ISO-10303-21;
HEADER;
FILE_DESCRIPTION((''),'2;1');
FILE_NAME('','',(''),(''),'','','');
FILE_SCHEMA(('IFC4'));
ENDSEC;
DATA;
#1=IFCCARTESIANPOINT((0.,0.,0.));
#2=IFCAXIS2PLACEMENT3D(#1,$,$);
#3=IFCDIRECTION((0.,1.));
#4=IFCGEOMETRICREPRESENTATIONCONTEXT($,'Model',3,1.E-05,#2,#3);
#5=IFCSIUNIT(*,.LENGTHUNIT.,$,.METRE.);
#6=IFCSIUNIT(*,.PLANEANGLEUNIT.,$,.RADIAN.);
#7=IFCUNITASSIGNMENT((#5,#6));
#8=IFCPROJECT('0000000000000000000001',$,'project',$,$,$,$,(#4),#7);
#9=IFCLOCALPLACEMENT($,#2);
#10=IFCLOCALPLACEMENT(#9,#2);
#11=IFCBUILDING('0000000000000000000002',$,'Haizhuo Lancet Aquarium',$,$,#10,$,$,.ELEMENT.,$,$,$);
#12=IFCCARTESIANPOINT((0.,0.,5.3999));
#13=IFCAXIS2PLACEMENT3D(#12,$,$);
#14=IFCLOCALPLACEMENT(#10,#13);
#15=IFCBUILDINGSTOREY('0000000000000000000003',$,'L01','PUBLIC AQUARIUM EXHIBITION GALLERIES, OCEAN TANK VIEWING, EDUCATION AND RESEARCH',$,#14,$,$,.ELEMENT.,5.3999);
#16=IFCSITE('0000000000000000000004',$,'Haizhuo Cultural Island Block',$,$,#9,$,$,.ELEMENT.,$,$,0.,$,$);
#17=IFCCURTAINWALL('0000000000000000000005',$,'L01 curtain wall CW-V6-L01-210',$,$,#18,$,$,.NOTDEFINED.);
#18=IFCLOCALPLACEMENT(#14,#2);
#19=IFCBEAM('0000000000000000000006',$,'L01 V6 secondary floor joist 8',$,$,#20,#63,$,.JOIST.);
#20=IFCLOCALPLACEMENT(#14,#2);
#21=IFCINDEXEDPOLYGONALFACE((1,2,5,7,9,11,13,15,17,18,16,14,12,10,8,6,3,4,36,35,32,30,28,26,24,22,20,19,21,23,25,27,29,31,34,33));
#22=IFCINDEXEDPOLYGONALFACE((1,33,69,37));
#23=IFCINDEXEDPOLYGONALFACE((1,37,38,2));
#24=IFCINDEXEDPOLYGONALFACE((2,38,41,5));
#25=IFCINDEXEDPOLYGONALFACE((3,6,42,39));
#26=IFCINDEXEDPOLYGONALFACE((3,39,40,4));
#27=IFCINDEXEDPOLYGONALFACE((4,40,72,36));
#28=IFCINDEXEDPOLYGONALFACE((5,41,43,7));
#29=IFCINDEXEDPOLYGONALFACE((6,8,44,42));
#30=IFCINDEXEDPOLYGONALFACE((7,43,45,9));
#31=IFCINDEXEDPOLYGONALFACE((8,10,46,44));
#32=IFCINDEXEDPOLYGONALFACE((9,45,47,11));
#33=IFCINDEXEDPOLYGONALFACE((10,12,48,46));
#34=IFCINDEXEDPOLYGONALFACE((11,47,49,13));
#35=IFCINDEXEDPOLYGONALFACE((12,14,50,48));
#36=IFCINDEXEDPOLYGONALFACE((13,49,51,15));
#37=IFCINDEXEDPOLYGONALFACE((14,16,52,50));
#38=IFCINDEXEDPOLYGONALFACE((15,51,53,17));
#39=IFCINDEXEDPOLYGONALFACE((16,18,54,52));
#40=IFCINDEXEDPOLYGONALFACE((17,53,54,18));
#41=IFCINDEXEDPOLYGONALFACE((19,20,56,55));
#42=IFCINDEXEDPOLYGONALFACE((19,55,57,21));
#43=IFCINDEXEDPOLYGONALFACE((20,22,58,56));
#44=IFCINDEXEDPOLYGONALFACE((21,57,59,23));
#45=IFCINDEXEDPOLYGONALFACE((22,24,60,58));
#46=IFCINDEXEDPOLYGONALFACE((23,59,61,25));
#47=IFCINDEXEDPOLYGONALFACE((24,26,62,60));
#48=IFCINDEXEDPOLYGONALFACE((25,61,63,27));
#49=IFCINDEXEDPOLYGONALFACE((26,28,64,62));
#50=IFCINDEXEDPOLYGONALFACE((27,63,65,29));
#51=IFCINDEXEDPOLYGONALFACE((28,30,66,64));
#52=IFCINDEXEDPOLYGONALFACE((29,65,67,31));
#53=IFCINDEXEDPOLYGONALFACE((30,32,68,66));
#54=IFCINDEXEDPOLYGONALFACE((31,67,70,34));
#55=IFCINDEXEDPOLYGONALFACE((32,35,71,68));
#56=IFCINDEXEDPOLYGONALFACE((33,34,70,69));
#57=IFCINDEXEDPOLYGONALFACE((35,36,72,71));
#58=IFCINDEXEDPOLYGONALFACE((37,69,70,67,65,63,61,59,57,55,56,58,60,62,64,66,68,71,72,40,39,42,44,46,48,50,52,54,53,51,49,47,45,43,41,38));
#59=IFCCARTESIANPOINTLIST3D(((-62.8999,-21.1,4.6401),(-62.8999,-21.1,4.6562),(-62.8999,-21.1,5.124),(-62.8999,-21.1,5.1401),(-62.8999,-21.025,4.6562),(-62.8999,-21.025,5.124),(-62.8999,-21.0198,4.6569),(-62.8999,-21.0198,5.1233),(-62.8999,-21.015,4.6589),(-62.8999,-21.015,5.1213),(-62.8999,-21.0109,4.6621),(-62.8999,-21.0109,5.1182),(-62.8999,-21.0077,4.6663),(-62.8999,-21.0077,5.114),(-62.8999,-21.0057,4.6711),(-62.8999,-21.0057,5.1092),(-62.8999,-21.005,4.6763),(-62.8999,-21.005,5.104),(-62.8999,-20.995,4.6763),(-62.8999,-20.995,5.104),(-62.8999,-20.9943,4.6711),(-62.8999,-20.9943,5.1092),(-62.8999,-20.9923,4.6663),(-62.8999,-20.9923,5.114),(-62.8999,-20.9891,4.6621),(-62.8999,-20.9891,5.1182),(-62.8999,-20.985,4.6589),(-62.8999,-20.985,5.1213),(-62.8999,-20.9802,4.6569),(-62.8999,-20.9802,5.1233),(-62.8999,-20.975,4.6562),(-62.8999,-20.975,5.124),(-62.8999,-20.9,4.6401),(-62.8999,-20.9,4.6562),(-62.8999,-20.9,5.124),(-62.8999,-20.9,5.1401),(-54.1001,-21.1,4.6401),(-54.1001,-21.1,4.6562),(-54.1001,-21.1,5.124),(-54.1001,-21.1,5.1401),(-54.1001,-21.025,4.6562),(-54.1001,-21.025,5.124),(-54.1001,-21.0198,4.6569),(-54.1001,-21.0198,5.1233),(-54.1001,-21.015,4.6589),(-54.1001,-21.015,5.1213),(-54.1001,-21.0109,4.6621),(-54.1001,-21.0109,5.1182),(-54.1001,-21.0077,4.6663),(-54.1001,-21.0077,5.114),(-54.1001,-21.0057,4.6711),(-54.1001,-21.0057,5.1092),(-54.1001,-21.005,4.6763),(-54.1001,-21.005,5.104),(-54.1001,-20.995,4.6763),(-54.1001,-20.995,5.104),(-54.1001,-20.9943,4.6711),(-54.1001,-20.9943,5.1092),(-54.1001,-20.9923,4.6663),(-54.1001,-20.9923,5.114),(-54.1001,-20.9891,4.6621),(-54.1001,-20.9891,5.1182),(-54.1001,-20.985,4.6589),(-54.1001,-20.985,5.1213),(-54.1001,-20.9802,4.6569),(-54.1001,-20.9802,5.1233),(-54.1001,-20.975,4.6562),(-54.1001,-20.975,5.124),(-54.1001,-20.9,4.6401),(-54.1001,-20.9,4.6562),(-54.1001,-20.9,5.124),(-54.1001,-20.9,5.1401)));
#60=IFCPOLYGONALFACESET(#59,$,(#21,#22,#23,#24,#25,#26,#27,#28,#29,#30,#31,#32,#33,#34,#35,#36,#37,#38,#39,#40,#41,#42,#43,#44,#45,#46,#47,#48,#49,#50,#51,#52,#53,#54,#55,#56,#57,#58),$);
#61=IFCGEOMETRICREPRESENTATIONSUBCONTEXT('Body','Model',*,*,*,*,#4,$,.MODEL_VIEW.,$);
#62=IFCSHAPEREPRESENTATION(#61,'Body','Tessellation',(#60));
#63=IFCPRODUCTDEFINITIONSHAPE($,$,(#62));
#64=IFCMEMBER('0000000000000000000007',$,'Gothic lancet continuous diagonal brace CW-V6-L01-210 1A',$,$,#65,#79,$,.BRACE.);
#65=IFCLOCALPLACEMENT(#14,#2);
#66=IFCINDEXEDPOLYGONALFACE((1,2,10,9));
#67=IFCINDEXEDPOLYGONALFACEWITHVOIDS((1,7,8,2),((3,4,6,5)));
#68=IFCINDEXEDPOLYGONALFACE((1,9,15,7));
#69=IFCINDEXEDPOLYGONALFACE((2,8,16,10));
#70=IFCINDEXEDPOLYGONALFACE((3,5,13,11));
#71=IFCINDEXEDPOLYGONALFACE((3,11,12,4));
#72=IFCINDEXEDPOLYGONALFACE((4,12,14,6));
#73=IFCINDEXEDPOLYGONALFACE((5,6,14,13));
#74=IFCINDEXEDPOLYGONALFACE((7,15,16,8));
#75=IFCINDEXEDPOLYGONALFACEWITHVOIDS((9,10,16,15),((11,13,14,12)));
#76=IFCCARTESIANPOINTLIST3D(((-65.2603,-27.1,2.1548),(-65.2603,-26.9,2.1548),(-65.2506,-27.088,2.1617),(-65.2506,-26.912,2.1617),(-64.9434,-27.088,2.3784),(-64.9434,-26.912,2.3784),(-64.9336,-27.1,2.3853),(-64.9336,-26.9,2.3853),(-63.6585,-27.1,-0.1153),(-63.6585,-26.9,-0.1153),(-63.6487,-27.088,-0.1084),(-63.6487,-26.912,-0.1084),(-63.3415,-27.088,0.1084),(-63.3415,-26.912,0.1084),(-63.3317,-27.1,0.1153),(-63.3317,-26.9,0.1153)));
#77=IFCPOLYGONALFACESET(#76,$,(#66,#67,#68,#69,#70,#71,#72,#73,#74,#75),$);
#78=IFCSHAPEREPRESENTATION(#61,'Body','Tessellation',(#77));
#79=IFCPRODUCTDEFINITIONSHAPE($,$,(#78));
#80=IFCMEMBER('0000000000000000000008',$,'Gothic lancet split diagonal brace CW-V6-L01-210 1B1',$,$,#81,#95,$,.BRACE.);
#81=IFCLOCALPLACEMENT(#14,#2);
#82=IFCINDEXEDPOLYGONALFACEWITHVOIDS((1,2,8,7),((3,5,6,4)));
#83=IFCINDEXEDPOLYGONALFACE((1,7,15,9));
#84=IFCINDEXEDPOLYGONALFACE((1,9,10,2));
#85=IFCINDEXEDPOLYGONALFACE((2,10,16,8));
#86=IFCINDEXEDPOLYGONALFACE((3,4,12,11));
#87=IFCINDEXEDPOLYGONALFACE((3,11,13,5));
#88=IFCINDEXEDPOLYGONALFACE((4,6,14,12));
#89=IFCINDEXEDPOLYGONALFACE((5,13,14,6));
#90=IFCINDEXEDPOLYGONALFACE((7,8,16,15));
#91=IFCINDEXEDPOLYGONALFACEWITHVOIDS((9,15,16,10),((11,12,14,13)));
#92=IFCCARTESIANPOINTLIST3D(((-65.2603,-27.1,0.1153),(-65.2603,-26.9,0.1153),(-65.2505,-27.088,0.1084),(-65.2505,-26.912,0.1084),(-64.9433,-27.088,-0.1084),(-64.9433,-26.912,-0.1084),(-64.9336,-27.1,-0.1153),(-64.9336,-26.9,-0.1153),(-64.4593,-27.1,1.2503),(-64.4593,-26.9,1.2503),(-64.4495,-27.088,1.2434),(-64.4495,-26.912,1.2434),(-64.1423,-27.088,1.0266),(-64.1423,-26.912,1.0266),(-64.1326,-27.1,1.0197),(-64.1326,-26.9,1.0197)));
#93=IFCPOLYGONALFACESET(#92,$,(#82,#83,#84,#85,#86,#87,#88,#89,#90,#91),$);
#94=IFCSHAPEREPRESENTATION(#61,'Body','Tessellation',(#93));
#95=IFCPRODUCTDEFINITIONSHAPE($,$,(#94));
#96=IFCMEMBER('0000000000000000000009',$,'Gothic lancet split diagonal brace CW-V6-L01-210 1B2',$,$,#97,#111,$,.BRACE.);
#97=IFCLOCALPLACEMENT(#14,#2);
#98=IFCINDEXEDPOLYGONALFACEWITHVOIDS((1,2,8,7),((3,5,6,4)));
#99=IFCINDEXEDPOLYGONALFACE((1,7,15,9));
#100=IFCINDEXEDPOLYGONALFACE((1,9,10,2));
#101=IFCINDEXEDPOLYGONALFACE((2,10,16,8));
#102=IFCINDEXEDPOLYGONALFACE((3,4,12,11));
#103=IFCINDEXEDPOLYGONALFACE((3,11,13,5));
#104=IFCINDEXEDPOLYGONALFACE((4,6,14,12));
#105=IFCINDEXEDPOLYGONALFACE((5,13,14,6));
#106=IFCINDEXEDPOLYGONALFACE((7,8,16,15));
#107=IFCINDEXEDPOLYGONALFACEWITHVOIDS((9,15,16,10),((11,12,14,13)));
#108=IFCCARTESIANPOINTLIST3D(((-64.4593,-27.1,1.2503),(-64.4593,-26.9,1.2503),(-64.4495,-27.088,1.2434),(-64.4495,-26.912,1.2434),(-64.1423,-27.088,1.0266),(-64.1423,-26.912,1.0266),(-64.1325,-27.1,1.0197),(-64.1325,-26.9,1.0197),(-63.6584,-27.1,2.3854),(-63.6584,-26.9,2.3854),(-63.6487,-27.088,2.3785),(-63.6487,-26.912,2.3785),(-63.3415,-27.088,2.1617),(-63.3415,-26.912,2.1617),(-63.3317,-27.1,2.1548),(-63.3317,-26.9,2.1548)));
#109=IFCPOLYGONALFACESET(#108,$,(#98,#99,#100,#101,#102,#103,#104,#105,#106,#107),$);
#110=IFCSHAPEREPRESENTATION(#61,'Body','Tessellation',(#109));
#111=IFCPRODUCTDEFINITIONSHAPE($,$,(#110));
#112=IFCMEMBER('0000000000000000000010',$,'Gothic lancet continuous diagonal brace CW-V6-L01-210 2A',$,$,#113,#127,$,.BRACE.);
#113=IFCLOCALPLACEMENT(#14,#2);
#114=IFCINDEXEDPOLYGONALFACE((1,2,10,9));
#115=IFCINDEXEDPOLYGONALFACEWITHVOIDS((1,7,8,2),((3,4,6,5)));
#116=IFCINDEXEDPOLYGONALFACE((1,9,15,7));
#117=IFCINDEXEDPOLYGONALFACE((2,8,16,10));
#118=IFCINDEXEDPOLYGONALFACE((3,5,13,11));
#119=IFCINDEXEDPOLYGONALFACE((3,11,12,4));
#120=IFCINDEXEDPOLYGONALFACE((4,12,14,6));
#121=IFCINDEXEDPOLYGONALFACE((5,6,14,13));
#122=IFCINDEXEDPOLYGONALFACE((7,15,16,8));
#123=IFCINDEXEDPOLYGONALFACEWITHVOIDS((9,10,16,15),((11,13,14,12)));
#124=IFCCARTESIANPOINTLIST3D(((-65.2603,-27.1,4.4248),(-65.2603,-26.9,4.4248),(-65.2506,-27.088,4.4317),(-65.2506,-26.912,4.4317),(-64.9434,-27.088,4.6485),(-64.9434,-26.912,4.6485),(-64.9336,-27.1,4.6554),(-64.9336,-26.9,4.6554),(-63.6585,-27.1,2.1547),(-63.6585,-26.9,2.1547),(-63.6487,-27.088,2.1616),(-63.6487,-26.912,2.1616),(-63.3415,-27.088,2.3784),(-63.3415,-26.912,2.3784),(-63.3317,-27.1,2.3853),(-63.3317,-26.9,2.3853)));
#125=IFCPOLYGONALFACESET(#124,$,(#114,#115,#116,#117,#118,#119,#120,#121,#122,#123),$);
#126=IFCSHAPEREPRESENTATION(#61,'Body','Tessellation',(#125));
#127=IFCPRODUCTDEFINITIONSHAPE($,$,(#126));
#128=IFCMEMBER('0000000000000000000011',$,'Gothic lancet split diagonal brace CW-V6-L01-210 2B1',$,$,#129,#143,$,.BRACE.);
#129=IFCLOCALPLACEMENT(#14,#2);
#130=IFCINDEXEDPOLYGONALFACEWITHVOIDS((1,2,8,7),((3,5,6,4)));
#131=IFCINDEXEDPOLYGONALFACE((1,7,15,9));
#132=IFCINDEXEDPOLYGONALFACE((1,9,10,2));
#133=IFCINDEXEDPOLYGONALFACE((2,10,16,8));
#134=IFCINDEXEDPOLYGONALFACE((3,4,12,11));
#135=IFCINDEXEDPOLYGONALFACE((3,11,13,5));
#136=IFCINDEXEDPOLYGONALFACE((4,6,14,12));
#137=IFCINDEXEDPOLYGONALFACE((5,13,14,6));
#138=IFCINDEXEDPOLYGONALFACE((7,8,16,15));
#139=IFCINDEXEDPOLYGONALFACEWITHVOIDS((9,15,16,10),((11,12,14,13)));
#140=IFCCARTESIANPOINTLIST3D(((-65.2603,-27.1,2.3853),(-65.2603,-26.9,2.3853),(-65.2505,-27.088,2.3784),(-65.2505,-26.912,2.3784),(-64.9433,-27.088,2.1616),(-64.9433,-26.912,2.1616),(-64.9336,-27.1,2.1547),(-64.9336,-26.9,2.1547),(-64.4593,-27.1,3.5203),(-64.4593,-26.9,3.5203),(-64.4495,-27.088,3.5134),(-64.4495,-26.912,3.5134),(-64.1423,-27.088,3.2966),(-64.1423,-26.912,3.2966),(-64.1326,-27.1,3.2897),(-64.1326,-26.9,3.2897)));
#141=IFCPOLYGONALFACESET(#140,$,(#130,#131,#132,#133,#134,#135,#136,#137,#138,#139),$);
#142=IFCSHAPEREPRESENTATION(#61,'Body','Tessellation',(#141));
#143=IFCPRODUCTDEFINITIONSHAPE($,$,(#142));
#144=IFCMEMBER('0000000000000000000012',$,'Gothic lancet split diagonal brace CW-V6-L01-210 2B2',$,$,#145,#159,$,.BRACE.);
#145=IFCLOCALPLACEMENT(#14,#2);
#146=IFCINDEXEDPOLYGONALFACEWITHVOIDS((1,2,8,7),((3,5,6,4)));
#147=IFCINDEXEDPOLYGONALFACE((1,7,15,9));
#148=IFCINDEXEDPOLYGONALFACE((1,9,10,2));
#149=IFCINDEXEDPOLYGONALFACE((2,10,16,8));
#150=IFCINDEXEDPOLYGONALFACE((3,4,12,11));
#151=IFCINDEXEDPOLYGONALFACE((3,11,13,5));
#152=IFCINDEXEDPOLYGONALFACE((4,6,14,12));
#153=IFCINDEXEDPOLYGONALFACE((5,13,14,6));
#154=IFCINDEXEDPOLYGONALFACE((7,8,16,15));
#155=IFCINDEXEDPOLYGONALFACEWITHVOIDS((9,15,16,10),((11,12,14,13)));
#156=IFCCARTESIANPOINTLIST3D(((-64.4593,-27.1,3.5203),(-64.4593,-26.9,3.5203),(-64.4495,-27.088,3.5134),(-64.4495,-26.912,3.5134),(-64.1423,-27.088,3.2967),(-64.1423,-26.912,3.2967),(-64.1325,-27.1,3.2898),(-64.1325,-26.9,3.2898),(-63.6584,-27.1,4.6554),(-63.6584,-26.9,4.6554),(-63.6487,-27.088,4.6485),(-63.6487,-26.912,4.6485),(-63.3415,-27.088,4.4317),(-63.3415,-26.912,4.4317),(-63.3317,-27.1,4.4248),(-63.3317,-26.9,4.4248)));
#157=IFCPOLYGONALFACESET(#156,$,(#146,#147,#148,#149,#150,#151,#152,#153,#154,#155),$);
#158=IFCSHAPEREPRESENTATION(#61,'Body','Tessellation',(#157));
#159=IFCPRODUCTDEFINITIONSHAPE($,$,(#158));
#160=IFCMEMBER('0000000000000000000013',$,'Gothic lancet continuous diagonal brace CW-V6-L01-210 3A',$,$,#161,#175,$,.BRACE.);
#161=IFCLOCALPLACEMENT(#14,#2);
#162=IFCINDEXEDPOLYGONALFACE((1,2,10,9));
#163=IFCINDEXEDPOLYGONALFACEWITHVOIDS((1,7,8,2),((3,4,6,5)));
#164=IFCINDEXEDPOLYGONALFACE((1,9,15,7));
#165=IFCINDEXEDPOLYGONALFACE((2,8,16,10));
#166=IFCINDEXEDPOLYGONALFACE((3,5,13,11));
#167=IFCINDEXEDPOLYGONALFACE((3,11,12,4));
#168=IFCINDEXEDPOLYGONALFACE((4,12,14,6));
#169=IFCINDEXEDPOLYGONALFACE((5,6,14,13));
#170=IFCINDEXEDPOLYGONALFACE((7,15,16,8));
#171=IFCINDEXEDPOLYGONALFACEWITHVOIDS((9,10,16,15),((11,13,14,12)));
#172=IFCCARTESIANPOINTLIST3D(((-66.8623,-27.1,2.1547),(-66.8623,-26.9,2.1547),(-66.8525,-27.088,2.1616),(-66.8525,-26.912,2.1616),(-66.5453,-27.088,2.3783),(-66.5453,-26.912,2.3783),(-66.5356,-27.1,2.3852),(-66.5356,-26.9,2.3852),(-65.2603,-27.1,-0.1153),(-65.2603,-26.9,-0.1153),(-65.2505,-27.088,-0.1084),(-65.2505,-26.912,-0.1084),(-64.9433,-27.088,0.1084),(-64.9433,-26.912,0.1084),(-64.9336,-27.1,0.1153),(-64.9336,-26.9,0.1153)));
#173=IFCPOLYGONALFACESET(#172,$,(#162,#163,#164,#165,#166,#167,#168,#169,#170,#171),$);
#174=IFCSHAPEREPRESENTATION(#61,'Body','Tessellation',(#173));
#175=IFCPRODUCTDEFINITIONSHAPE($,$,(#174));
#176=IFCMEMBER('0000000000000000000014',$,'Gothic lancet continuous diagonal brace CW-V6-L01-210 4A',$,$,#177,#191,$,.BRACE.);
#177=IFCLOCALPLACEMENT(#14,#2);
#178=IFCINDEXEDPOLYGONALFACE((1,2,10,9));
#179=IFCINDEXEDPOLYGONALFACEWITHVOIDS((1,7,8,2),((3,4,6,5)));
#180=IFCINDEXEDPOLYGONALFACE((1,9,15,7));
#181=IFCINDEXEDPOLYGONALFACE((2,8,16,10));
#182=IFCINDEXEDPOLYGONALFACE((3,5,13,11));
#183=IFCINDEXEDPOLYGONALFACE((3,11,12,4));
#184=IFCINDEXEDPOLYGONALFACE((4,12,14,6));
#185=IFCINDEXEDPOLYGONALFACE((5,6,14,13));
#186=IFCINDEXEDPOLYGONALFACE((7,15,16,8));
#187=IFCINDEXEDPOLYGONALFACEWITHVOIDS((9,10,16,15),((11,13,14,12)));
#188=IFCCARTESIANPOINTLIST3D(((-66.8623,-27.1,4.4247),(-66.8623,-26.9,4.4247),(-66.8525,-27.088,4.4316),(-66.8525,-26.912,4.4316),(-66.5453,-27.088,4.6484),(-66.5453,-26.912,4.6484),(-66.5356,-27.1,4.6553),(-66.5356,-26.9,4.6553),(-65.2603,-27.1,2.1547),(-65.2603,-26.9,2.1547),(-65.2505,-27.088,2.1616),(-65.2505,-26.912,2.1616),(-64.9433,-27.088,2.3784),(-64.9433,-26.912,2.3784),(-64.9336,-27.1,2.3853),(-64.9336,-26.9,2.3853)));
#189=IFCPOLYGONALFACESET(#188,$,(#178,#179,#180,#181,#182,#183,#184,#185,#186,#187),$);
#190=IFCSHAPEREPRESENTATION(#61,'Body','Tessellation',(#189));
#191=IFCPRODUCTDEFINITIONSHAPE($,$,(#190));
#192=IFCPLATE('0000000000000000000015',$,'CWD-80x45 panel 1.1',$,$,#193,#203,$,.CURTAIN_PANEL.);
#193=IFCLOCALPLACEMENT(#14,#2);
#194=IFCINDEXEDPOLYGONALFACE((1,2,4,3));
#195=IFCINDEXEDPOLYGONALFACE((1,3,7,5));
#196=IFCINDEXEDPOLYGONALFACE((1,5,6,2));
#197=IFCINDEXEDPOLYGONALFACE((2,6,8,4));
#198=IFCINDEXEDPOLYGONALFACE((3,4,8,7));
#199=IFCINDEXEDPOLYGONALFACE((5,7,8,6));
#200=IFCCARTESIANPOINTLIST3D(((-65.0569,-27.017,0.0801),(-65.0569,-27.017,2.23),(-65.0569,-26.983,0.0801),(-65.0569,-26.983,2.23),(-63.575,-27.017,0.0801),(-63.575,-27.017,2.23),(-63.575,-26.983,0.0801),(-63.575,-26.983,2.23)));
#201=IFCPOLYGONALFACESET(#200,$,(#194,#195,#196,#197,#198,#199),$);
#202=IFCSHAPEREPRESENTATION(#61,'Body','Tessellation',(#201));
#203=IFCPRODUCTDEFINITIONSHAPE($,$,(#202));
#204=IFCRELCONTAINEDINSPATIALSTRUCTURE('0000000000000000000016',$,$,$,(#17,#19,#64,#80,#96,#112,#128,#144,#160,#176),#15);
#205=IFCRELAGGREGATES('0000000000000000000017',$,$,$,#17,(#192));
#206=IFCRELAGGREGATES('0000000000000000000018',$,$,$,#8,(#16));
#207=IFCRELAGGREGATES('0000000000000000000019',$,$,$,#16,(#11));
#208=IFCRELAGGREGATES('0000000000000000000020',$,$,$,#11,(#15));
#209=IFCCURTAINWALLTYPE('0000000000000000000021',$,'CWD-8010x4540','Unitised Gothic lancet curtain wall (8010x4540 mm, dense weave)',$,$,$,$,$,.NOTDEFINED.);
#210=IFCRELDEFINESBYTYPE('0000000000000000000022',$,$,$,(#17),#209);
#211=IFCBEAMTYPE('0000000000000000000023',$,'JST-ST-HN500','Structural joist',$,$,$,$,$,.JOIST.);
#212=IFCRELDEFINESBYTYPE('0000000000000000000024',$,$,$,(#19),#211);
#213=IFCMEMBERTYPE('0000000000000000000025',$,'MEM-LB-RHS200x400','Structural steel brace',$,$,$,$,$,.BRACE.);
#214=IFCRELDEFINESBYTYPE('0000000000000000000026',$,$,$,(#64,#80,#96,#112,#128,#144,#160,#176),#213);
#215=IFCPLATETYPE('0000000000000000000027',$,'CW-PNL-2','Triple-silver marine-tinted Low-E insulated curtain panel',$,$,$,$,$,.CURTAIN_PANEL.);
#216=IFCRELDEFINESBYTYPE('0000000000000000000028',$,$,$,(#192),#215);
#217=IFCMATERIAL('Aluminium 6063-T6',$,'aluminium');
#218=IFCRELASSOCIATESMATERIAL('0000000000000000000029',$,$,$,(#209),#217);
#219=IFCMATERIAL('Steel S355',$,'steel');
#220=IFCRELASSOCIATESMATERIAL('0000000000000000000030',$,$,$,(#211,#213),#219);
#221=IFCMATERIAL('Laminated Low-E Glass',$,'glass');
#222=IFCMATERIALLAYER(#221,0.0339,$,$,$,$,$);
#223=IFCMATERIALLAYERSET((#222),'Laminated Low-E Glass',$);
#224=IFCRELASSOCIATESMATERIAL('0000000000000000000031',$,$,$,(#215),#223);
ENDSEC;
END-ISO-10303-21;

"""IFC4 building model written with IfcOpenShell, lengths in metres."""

from ifc_helpers import new_model, si_unit, direction, frame, origin, origin_2d, place, context, subcontext, project, spatial, rectangle, hollow_rectangle, i_section, extrude, material, layer, layer_set, material_profile, profile_set, type_object, element, aggregate, save


model = new_model("IFC4")

# Units and contexts
model_context = context("Model", 3, precision=1e-05, world=origin(), true_north=direction((0.0, 1.0)))
body_context = subcontext(model_context, "Body", "Model", "MODEL_VIEW")
ifc_project = project(units=[si_unit("LENGTHUNIT", "METRE"), si_unit("PLANEANGLEUNIT", "RADIAN")], contexts=[model_context])

# Site, building, storey
site_placement = place(None, origin())
site = spatial("IfcSite", under=ifc_project, at=site_placement, Name="Haizhuo Cultural Island Block", CompositionType="ELEMENT", RefElevation=0.0)
building_placement = place(site_placement, origin())
building = spatial("IfcBuilding", under=site, at=building_placement, Name="Haizhuo Lancet Aquarium", CompositionType="ELEMENT")
storey_placement = place(building_placement, frame((0.0, 0.0, 5.3999)))
storey = spatial("IfcBuildingStorey", under=building, at=storey_placement, Name="L01", Description="PUBLIC AQUARIUM EXHIBITION GALLERIES, OCEAN TANK VIEWING, EDUCATION AND RESEARCH", CompositionType="ELEMENT", Elevation=5.3999)

# Shared definitions
ifc_material_1 = material(Name="Steel S355", Category="steel")

# Curtain wall
ifc_material_2 = material(Name="Aluminium 6063-T6", Category="aluminium")
curtain_wall_type = type_object("IfcCurtainWallType", Name="CWD-8010x4540", Description="Unitised Gothic lancet curtain wall (8010x4540 mm, dense weave)", PredefinedType="NOTDEFINED", material=ifc_material_2)
curtain_wall_placement = place(storey_placement, origin())
curtain_wall = element("IfcCurtainWall", 1, at=curtain_wall_placement, inside=storey, type_object=curtain_wall_type, Name="L01 curtain wall CW-V6-L01-210", PredefinedType="NOTDEFINED")

# Beam
ifc_material_profile_1 = material_profile(ifc_material_1, i_section(OverallWidth=0.2, OverallDepth=0.5, WebThickness=0.01, FlangeThickness=0.0161, FilletRadius=0.02, at=origin_2d()), Name="HN 500x200x10x16")
ifc_profile_set_1 = profile_set([ifc_material_profile_1], Name="Steel S355")
beam_type_1 = type_object("IfcBeamType", Name="JST-ST-HN500", Description="Structural joist", PredefinedType="JOIST", material=ifc_profile_set_1)
beam_1_placement = place(storey_placement, frame((-62.8999, -21.0, 4.8901), z_axis=(1.0, 0.0, 0.0), x_axis=(0.0, 1.0, 0.0)))
element("IfcBeam", 2, at=beam_1_placement, inside=storey, type_object=beam_type_1, Name="L01 V6 secondary floor joist 8", PredefinedType="JOIST", context=body_context, shape_type="SweptSolid", body=[
    extrude(i_section(OverallWidth=0.2, OverallDepth=0.5, WebThickness=0.01, FlangeThickness=0.0161, FilletRadius=0.02, at=origin_2d()), origin(), (0.0, 0.0, 1.0), 8.7998),
])

# Members
ifc_material_profile_2 = material_profile(ifc_material_1, hollow_rectangle(XDim=0.2, YDim=0.3999, WallThickness=0.012, at=origin_2d()), Name="RHS 200x400x12")
ifc_profile_set_2 = profile_set([ifc_material_profile_2], Name="Steel S355")
member_type_1 = type_object("IfcMemberType", Name="MEM-LB-RHS200x400", Description="Structural steel brace", PredefinedType="BRACE", material=ifc_profile_set_2)
member_1_placement = place(storey_placement, frame((-63.4951, -27.0, 0.0), z_axis=(-0.576549, 0.0, 0.817063), x_axis=(0.0, -1.0, 0.0)))
element("IfcMember", 3, at=member_1_placement, inside=storey, type_object=member_type_1, Name="Gothic lancet continuous diagonal brace CW-V6-L01-210 1A", PredefinedType="BRACE", context=body_context, shape_type="SweptSolid", body=[
    extrude(hollow_rectangle(XDim=0.2, YDim=0.3999, WallThickness=0.012, at=origin_2d()), origin(), (0.0, 0.0, 1.0), 2.7783),
])
for number, where, z_axis, x_axis, name in (
    (4, (-65.0969, -27.0, 0.0), (0.576607, 0.0, 0.817021), (0.0, 1.0, 0.0), "Gothic lancet split diagonal brace CW-V6-L01-210 1B1"),
    (5, (-64.2959, -27.0, 1.135), (0.57649, 0.0, 0.817104), (0.0, 1.0, 0.0), "Gothic lancet split diagonal brace CW-V6-L01-210 1B2"),
):
    element("IfcMember", number, at=place(storey_placement, frame(where, z_axis=z_axis, x_axis=x_axis)), inside=storey, type_object=member_type_1, Name=name, PredefinedType="BRACE", context=body_context, shape_type="SweptSolid", body=[
        extrude(hollow_rectangle(XDim=0.2, YDim=0.3999, WallThickness=0.012, at=origin_2d()), origin(), (0.0, 0.0, 1.0), 1.3892),
    ])
member_2_placement = place(storey_placement, frame((-63.4951, -27.0, 2.27), z_axis=(-0.576549, 0.0, 0.817063), x_axis=(0.0, -1.0, 0.0)))
element("IfcMember", 6, at=member_2_placement, inside=storey, type_object=member_type_1, Name="Gothic lancet continuous diagonal brace CW-V6-L01-210 2A", PredefinedType="BRACE", context=body_context, shape_type="SweptSolid", body=[
    extrude(hollow_rectangle(XDim=0.2, YDim=0.3999, WallThickness=0.012, at=origin_2d()), origin(), (0.0, 0.0, 1.0), 2.7783),
])
for number, where, z_axis, x_axis, name in (
    (7, (-65.0969, -27.0, 2.27), (0.576607, 0.0, 0.817021), (0.0, 1.0, 0.0), "Gothic lancet split diagonal brace CW-V6-L01-210 2B1"),
    (8, (-64.2959, -27.0, 3.405), (0.57649, 0.0, 0.817104), (0.0, 1.0, 0.0), "Gothic lancet split diagonal brace CW-V6-L01-210 2B2"),
):
    element("IfcMember", number, at=place(storey_placement, frame(where, z_axis=z_axis, x_axis=x_axis)), inside=storey, type_object=member_type_1, Name=name, PredefinedType="BRACE", context=body_context, shape_type="SweptSolid", body=[
        extrude(hollow_rectangle(XDim=0.2, YDim=0.3999, WallThickness=0.012, at=origin_2d()), origin(), (0.0, 0.0, 1.0), 1.3892),
    ])
for number, where, z_axis, x_axis, name in (
    (9, (-65.0969, -27.0, 0.0), (-0.576607, 0.0, 0.817021), (0.0, -1.0, 0.0), "Gothic lancet continuous diagonal brace CW-V6-L01-210 3A"),
    (10, (-65.0969, -27.0, 2.27), (-0.576607, 0.0, 0.817021), (0.0, -1.0, 0.0), "Gothic lancet continuous diagonal brace CW-V6-L01-210 4A"),
):
    element("IfcMember", number, at=place(storey_placement, frame(where, z_axis=z_axis, x_axis=x_axis)), inside=storey, type_object=member_type_1, Name=name, PredefinedType="BRACE", context=body_context, shape_type="SweptSolid", body=[
        extrude(hollow_rectangle(XDim=0.2, YDim=0.3999, WallThickness=0.012, at=origin_2d()), origin(), (0.0, 0.0, 1.0), 2.7783),
    ])

# Plate
ifc_material_3 = material(Name="Laminated Low-E Glass", Category="glass")
ifc_layer = layer(ifc_material_3, 0.0339)
ifc_layer_set = layer_set([ifc_layer], Name="Laminated Low-E Glass")
plate_type = type_object("IfcPlateType", Name="CW-PNL-2", Description="Triple-silver marine-tinted Low-E insulated curtain panel", PredefinedType="CURTAIN_PANEL", material=ifc_layer_set)
plate_1_placement = place(storey_placement, frame((-64.3159, -27.0, 0.0801), z_axis=(0.0, 0.0, 1.0), x_axis=(-1.0, 0.0, 0.0)))
plate_1 = element("IfcPlate", 11, at=plate_1_placement, type_object=plate_type, Name="CWD-80x45 panel 1.1", PredefinedType="CURTAIN_PANEL", context=body_context, shape_type="SweptSolid", body=[
    extrude(rectangle(XDim=1.4819, YDim=0.0339, at=origin_2d()), origin(), (0.0, 0.0, 1.0), 2.1499),
])
aggregate(curtain_wall, [plate_1])

save(model, "model.ifc")
